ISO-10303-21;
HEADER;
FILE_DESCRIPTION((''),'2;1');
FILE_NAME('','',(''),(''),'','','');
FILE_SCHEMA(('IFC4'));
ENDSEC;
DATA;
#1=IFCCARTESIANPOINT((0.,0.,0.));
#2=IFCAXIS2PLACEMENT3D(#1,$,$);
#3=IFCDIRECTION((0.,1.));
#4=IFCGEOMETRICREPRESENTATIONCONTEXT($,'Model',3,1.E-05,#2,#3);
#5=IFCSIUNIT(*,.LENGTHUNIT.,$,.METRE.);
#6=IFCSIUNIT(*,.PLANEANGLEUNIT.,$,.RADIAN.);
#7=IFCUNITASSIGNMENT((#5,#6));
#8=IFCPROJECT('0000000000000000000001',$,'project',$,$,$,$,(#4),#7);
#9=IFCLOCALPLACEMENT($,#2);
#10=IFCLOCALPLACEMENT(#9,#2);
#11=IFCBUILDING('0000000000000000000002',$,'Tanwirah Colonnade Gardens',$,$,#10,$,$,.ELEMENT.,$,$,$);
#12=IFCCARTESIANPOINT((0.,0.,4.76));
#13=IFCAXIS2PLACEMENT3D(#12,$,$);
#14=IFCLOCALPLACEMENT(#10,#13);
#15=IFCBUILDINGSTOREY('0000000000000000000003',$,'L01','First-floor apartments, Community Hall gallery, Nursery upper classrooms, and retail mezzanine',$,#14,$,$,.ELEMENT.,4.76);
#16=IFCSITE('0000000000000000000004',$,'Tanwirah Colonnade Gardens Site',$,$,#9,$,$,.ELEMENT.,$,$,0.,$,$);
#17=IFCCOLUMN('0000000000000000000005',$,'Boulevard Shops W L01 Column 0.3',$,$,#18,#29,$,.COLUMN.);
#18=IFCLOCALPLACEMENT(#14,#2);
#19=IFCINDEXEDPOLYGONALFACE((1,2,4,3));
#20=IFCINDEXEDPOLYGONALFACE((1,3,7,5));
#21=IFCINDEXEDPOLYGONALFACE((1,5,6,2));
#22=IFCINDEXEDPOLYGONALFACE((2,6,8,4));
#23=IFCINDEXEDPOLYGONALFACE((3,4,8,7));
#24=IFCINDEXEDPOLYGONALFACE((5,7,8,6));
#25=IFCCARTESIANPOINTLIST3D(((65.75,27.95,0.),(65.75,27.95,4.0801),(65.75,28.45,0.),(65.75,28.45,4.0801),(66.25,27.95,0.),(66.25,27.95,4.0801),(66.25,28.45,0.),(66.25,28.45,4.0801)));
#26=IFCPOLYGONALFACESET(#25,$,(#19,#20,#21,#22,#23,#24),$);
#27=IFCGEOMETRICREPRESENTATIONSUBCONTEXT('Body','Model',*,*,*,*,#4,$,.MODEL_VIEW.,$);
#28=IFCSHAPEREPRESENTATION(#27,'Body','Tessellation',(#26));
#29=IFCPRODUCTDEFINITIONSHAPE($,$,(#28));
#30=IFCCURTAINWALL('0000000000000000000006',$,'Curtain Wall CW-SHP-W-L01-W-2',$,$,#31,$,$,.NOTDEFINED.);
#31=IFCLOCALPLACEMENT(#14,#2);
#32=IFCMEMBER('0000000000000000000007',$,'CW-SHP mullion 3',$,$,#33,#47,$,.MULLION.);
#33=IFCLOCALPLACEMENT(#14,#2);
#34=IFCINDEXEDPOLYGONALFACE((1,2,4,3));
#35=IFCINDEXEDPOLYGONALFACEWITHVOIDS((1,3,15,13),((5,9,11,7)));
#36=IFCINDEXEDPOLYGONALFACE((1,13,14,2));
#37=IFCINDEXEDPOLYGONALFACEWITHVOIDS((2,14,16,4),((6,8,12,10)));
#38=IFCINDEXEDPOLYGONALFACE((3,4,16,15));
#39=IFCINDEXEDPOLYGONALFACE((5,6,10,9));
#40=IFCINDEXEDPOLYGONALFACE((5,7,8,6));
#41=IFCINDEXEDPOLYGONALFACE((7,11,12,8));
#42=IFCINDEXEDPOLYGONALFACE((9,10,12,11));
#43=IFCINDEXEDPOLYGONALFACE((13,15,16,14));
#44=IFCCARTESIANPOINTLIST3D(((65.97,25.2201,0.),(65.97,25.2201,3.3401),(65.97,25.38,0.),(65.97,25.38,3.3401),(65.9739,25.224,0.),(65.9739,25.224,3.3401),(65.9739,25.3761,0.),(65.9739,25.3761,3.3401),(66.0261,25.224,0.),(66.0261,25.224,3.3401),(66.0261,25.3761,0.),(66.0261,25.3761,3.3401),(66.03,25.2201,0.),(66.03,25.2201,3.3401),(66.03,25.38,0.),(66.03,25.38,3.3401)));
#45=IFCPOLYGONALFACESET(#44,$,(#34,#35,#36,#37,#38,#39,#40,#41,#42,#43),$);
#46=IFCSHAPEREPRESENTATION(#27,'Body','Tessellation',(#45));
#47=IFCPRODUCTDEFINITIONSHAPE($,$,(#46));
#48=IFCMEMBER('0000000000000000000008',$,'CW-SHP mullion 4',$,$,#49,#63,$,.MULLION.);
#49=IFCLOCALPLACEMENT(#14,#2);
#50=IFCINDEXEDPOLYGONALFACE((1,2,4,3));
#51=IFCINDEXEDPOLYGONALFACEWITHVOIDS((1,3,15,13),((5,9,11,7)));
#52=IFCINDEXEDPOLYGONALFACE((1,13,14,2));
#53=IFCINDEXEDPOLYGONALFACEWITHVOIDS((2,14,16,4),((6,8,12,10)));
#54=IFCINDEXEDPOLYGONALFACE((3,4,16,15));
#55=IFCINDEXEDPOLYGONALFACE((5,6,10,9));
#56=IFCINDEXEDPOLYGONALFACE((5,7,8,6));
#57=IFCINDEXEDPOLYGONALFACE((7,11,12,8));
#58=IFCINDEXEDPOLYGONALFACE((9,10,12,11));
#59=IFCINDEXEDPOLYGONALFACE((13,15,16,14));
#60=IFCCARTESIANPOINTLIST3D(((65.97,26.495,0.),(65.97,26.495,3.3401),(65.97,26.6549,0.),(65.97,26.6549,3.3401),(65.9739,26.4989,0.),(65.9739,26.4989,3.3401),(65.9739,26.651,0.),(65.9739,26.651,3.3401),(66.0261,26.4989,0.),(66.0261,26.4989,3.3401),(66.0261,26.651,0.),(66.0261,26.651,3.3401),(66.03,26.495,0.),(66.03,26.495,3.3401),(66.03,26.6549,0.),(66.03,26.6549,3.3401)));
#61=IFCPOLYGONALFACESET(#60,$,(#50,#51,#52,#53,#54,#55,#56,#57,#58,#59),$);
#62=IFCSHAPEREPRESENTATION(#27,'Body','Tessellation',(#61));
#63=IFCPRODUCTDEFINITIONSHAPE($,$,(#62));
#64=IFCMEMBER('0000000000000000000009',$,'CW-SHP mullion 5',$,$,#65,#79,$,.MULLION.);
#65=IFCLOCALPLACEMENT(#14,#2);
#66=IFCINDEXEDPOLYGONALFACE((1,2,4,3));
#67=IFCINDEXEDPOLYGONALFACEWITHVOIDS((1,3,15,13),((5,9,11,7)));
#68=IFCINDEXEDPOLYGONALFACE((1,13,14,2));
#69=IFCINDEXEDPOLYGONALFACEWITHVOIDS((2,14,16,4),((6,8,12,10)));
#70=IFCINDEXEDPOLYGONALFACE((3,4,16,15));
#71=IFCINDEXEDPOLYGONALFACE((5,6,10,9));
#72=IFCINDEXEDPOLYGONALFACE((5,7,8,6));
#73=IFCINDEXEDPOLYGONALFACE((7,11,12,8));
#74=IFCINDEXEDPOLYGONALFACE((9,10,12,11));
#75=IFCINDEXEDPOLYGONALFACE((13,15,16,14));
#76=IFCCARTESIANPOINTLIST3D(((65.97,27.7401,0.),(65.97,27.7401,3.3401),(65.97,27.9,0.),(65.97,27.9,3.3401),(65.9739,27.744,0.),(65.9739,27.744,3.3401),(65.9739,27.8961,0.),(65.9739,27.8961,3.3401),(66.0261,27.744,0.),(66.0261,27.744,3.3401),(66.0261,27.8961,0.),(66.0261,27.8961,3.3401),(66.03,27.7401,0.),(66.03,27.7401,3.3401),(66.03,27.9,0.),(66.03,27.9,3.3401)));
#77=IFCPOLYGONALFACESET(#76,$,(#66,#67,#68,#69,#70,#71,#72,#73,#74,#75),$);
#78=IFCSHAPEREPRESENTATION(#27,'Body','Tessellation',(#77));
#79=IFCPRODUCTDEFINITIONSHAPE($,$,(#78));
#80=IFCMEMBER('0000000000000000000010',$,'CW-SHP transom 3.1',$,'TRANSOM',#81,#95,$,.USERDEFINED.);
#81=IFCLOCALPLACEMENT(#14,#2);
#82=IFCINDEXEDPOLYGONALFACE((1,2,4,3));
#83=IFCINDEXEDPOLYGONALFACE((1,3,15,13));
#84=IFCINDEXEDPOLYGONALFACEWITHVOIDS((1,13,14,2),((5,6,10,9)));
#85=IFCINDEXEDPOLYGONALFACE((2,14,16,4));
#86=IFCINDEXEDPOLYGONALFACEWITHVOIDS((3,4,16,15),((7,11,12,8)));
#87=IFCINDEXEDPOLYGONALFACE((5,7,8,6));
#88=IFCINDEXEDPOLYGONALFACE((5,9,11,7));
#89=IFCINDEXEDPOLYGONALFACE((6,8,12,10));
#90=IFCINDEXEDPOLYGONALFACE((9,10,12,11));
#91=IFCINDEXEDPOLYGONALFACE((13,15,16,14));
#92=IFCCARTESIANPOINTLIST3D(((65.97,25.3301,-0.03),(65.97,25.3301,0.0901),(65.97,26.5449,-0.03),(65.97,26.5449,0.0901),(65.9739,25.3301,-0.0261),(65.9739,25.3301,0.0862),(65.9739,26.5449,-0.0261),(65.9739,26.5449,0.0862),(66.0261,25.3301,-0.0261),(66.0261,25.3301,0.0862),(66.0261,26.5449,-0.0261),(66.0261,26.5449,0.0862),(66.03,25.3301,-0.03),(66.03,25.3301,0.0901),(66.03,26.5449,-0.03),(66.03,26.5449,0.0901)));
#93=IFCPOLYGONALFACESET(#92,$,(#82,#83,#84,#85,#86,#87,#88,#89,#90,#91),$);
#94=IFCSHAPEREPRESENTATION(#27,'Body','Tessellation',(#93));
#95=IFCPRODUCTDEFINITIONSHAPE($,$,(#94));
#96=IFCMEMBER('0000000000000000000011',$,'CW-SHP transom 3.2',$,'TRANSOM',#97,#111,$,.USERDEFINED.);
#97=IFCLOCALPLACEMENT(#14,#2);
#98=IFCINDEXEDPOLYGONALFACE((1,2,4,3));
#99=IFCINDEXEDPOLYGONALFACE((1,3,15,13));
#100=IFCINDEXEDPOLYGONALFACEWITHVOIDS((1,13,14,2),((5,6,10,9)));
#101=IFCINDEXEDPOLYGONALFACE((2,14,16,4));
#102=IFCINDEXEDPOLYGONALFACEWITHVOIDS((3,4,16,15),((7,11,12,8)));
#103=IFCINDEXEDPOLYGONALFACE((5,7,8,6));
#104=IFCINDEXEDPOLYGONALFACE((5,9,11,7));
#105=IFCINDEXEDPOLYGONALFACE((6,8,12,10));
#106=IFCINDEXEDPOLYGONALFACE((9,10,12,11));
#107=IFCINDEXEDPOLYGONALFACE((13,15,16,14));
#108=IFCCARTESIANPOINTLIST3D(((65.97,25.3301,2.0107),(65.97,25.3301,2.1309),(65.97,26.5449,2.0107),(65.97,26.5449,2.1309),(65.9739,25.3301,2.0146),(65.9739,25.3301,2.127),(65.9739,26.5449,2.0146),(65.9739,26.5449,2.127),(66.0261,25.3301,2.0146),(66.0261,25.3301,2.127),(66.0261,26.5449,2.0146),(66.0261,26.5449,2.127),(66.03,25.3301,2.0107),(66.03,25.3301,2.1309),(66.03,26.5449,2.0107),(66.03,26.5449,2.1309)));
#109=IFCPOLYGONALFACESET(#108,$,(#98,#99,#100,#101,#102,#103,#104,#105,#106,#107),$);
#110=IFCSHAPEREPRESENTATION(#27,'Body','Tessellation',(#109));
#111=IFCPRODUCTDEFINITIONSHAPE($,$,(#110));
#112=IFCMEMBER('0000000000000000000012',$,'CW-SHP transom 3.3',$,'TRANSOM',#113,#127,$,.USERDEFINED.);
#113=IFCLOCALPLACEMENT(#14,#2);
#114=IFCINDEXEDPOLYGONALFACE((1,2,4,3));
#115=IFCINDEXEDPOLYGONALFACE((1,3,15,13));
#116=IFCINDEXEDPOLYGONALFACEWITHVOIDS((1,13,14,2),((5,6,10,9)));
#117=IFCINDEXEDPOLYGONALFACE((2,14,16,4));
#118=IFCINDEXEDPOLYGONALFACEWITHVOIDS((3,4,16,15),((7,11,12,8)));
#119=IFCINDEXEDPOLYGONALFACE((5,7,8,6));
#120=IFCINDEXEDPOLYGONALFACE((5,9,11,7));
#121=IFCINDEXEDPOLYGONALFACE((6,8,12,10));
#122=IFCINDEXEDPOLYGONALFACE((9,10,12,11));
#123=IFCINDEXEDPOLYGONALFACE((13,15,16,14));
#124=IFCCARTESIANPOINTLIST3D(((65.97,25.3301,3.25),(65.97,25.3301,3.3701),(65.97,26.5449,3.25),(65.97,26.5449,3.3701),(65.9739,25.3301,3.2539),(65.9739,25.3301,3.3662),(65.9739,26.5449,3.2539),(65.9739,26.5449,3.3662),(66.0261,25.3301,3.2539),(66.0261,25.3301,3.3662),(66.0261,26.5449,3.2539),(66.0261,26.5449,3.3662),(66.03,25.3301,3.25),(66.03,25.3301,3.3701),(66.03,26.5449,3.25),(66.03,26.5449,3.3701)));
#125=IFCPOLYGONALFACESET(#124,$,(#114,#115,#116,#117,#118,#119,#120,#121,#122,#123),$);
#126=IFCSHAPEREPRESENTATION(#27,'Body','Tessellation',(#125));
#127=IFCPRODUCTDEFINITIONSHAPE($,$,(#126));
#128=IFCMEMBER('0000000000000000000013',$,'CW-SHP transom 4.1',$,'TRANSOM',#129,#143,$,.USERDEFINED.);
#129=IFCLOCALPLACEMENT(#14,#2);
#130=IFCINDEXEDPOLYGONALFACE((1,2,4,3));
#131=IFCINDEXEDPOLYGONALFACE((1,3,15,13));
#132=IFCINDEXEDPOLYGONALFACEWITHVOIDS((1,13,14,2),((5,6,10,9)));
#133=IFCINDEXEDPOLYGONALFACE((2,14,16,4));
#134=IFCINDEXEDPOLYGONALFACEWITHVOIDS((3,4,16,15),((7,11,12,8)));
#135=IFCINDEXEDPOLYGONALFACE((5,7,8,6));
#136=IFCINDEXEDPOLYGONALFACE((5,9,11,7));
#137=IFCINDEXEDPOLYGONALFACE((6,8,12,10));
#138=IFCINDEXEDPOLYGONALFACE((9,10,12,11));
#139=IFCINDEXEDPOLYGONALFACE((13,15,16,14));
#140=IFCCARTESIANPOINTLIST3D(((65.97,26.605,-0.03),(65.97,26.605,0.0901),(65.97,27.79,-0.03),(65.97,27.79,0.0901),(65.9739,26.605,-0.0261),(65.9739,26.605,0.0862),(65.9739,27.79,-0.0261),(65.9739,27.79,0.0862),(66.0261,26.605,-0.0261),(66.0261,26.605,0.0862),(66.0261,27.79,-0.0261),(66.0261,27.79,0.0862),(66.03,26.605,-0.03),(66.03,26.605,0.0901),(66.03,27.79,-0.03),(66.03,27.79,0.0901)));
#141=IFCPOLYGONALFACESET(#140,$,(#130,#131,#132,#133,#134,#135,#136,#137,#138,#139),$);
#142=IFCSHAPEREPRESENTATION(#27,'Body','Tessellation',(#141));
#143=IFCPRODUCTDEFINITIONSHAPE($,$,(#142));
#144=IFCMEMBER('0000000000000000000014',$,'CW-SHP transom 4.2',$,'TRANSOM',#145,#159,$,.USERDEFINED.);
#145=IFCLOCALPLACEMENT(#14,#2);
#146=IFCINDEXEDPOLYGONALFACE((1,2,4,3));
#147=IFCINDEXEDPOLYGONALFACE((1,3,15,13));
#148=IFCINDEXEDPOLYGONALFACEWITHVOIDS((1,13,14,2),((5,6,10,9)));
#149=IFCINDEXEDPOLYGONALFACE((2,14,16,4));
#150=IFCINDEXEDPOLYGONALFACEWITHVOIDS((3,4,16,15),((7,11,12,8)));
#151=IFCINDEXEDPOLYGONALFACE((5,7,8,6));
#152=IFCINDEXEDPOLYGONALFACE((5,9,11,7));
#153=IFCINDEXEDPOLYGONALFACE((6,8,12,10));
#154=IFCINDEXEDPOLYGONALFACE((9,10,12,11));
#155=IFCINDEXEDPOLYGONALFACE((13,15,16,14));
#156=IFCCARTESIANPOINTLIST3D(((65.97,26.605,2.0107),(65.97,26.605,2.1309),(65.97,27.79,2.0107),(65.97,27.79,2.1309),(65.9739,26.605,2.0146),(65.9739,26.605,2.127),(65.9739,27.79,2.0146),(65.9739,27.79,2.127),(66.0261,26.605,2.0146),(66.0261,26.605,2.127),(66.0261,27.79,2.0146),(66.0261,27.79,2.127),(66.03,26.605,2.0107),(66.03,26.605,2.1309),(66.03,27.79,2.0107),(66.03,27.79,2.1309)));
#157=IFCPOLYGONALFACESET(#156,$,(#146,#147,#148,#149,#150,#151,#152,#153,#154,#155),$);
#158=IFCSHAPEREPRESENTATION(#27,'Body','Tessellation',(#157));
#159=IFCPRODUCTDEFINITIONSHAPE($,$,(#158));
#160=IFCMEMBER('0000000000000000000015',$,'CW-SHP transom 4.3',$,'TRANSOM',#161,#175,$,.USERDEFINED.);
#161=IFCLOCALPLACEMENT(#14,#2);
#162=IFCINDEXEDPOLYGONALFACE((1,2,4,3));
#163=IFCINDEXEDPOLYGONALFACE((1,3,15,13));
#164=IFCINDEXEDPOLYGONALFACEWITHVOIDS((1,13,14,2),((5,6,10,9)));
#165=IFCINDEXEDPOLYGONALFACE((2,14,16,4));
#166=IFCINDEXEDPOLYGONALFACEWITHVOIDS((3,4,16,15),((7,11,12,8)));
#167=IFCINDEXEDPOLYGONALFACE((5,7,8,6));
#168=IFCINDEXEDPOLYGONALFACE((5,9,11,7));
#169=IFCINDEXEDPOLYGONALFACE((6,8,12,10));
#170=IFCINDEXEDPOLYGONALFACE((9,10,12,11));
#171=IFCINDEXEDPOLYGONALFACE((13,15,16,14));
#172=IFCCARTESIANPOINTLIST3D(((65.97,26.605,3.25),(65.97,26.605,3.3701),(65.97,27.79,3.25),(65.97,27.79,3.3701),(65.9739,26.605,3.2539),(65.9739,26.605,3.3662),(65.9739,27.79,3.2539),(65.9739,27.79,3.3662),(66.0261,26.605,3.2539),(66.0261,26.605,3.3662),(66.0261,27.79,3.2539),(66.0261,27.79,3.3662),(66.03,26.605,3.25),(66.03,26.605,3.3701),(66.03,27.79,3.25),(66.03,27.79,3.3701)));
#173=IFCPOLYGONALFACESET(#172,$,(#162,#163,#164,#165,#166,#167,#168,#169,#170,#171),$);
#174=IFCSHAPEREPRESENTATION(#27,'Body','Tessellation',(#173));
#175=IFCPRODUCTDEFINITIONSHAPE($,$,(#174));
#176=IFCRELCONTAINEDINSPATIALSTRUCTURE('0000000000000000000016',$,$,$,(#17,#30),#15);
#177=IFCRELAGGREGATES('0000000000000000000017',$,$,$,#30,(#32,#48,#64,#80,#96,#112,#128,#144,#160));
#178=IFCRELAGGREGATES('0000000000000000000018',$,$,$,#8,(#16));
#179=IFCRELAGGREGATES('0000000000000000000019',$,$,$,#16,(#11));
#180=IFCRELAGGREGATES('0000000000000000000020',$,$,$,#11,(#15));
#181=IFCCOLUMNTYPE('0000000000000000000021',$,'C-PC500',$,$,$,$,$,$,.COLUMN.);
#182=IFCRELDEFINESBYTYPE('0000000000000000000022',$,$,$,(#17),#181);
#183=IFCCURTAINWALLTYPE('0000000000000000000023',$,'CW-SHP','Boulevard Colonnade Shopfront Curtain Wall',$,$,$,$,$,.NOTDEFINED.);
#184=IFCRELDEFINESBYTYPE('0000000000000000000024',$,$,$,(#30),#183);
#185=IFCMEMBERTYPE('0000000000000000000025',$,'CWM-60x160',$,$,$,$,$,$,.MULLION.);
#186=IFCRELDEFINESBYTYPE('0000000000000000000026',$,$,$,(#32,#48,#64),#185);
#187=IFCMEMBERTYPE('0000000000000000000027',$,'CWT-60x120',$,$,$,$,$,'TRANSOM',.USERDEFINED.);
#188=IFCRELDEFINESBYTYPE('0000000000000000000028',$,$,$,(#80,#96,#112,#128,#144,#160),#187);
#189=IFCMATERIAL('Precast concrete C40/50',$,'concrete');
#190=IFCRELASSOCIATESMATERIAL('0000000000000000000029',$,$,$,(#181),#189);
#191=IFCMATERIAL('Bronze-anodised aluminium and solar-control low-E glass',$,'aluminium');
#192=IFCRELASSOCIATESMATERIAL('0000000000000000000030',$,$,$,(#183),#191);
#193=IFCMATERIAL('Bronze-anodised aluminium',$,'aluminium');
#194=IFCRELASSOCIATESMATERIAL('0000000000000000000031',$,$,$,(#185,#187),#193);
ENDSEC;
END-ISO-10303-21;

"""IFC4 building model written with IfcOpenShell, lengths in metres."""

from ifc_helpers import new_model, si_unit, direction, frame, origin, origin_2d, place, context, subcontext, project, spatial, rectangle, hollow_rectangle, extrude, material, material_profile, profile_set, type_object, element, aggregate, save


model = new_model("IFC4")

# Units and contexts
model_context = context("Model", 3, precision=1e-05, world=origin(), true_north=direction((0.0, 1.0)))
body_context = subcontext(model_context, "Body", "Model", "MODEL_VIEW")
ifc_project = project(units=[si_unit("LENGTHUNIT", "METRE"), si_unit("PLANEANGLEUNIT", "RADIAN")], contexts=[model_context])

# Site, building, storey
site_placement = place(None, origin())
site = spatial("IfcSite", under=ifc_project, at=site_placement, Name="Tanwirah Colonnade Gardens Site", CompositionType="ELEMENT", RefElevation=0.0)
building_placement = place(site_placement, origin())
building = spatial("IfcBuilding", under=site, at=building_placement, Name="Tanwirah Colonnade Gardens", CompositionType="ELEMENT")
storey_placement = place(building_placement, frame((0.0, 0.0, 4.76)))
storey = spatial("IfcBuildingStorey", under=building, at=storey_placement, Name="L01", Description="First-floor apartments, Community Hall gallery, Nursery upper classrooms, and retail mezzanine", CompositionType="ELEMENT", Elevation=4.76)

# Column
ifc_material_1 = material(Name="Precast concrete C40/50", Category="concrete")
ifc_material_profile_1 = material_profile(ifc_material_1, rectangle(XDim=0.5, YDim=0.5, at=origin_2d()), Name="PC-COL 500x500")
ifc_profile_set_1 = profile_set([ifc_material_profile_1], Name="Precast concrete C40/50")
column_type = type_object("IfcColumnType", Name="C-PC500", PredefinedType="COLUMN", material=ifc_profile_set_1)
column_placement = place(storey_placement, frame((66.0, 28.2, 0.0), z_axis=(0.0, 0.0, 1.0), x_axis=(1.0, 0.0, 0.0)))
element("IfcColumn", 1, at=column_placement, inside=storey, type_object=column_type, Name="Boulevard Shops W L01 Column 0.3", PredefinedType="COLUMN", context=body_context, shape_type="SweptSolid", body=[
    extrude(rectangle(XDim=0.5, YDim=0.5, at=origin_2d()), origin(), (0.0, 0.0, 1.0), 4.0801),
])

# Curtain wall, members
ifc_material_2 = material(Name="Bronze-anodised aluminium and solar-control low-E glass", Category="aluminium")
curtain_wall_type = type_object("IfcCurtainWallType", Name="CW-SHP", Description="Boulevard Colonnade Shopfront Curtain Wall", PredefinedType="NOTDEFINED", material=ifc_material_2)
curtain_wall_placement = place(storey_placement, origin())
curtain_wall = element("IfcCurtainWall", 2, at=curtain_wall_placement, inside=storey, type_object=curtain_wall_type, Name="Curtain Wall CW-SHP-W-L01-W-2", PredefinedType="NOTDEFINED")
ifc_material_3 = material(Name="Bronze-anodised aluminium", Category="aluminium")
ifc_material_profile_2 = material_profile(ifc_material_3, hollow_rectangle(XDim=0.0601, YDim=0.1599, WallThickness=0.0039, at=origin_2d()), Name="CW-MUL 60x160x4")
ifc_profile_set_2 = profile_set([ifc_material_profile_2], Name="Bronze-anodised aluminium")
member_type_1 = type_object("IfcMemberType", Name="CWM-60x160", PredefinedType="MULLION", material=ifc_profile_set_2)
member_1_placement = place(storey_placement, frame((66.0, 25.3, 0.0), z_axis=(0.0, 0.0, 1.0), x_axis=(-1.0, 0.0, 0.0)))
member_1 = element("IfcMember", 3, at=member_1_placement, type_object=member_type_1, Name="CW-SHP mullion 3", PredefinedType="MULLION", context=body_context, shape_type="SweptSolid", body=[
    extrude(hollow_rectangle(XDim=0.0601, YDim=0.1599, WallThickness=0.0039, at=origin_2d()), origin(), (0.0, 0.0, 1.0), 3.3401),
])
member_2_placement = place(storey_placement, frame((66.0, 26.575, 0.0), z_axis=(0.0, 0.0, 1.0), x_axis=(-1.0, 0.0, 0.0)))
member_2 = element("IfcMember", 4, at=member_2_placement, type_object=member_type_1, Name="CW-SHP mullion 4", PredefinedType="MULLION", context=body_context, shape_type="SweptSolid", body=[
    extrude(hollow_rectangle(XDim=0.0601, YDim=0.1599, WallThickness=0.0039, at=origin_2d()), origin(), (0.0, 0.0, 1.0), 3.3401),
])
member_3_placement = place(storey_placement, frame((66.0, 27.8201, 0.0), z_axis=(0.0, 0.0, 1.0), x_axis=(-1.0, 0.0, 0.0)))
member_3 = element("IfcMember", 5, at=member_3_placement, type_object=member_type_1, Name="CW-SHP mullion 5", PredefinedType="MULLION", context=body_context, shape_type="SweptSolid", body=[
    extrude(hollow_rectangle(XDim=0.0601, YDim=0.1599, WallThickness=0.0039, at=origin_2d()), origin(), (0.0, 0.0, 1.0), 3.3401),
])
ifc_material_profile_3 = material_profile(ifc_material_3, hollow_rectangle(XDim=0.0601, YDim=0.1201, WallThickness=0.0039, at=origin_2d()), Name="CW-TRN 60x120x4")
ifc_profile_set_3 = profile_set([ifc_material_profile_3], Name="Bronze-anodised aluminium")
member_type_2 = type_object("IfcMemberType", Name="CWT-60x120", ElementType="TRANSOM", PredefinedType="USERDEFINED", material=ifc_profile_set_3)
member_4_placement = place(storey_placement, frame((66.0, 25.3301, 0.03), z_axis=(0.0, 1.0, 0.0), x_axis=(-1.0, 0.0, 0.0)))
member_4 = element("IfcMember", 6, at=member_4_placement, type_object=member_type_2, Name="CW-SHP transom 3.1", ObjectType="TRANSOM", PredefinedType="USERDEFINED", context=body_context, shape_type="SweptSolid", body=[
    extrude(hollow_rectangle(XDim=0.0601, YDim=0.1201, WallThickness=0.0039, at=origin_2d()), origin(), (0.0, 0.0, 1.0), 1.2148),
])
member_5_placement = place(storey_placement, frame((66.0, 25.3301, 2.0708), z_axis=(0.0, 1.0, 0.0), x_axis=(-1.0, 0.0, 0.0)))
member_5 = element("IfcMember", 7, at=member_5_placement, type_object=member_type_2, Name="CW-SHP transom 3.2", ObjectType="TRANSOM", PredefinedType="USERDEFINED", context=body_context, shape_type="SweptSolid", body=[
    extrude(hollow_rectangle(XDim=0.0601, YDim=0.1201, WallThickness=0.0039, at=origin_2d()), origin(), (0.0, 0.0, 1.0), 1.2148),
])
member_6_placement = place(storey_placement, frame((66.0, 25.3301, 3.3101), z_axis=(0.0, 1.0, 0.0), x_axis=(-1.0, 0.0, 0.0)))
member_6 = element("IfcMember", 8, at=member_6_placement, type_object=member_type_2, Name="CW-SHP transom 3.3", ObjectType="TRANSOM", PredefinedType="USERDEFINED", context=body_context, shape_type="SweptSolid", body=[
    extrude(hollow_rectangle(XDim=0.0601, YDim=0.1201, WallThickness=0.0039, at=origin_2d()), origin(), (0.0, 0.0, 1.0), 1.2148),
])
member_7_placement = place(storey_placement, frame((66.0, 26.605, 0.03), z_axis=(0.0, 1.0, 0.0), x_axis=(-1.0, 0.0, 0.0)))
member_7 = element("IfcMember", 9, at=member_7_placement, type_object=member_type_2, Name="CW-SHP transom 4.1", ObjectType="TRANSOM", PredefinedType="USERDEFINED", context=body_context, shape_type="SweptSolid", body=[
    extrude(hollow_rectangle(XDim=0.0601, YDim=0.1201, WallThickness=0.0039, at=origin_2d()), origin(), (0.0, 0.0, 1.0), 1.1851),
])
member_8_placement = place(storey_placement, frame((66.0, 26.605, 2.0708), z_axis=(0.0, 1.0, 0.0), x_axis=(-1.0, 0.0, 0.0)))
member_8 = element("IfcMember", 10, at=member_8_placement, type_object=member_type_2, Name="CW-SHP transom 4.2", ObjectType="TRANSOM", PredefinedType="USERDEFINED", context=body_context, shape_type="SweptSolid", body=[
    extrude(hollow_rectangle(XDim=0.0601, YDim=0.1201, WallThickness=0.0039, at=origin_2d()), origin(), (0.0, 0.0, 1.0), 1.1851),
])
member_9_placement = place(storey_placement, frame((66.0, 26.605, 3.3101), z_axis=(0.0, 1.0, 0.0), x_axis=(-1.0, 0.0, 0.0)))
member_9 = element("IfcMember", 11, at=member_9_placement, type_object=member_type_2, Name="CW-SHP transom 4.3", ObjectType="TRANSOM", PredefinedType="USERDEFINED", context=body_context, shape_type="SweptSolid", body=[
    extrude(hollow_rectangle(XDim=0.0601, YDim=0.1201, WallThickness=0.0039, at=origin_2d()), origin(), (0.0, 0.0, 1.0), 1.1851),
])

aggregate(curtain_wall, [member_1, member_2, member_3, member_4, member_5, member_6, member_7, member_8, member_9])

save(model, "model.ifc")
